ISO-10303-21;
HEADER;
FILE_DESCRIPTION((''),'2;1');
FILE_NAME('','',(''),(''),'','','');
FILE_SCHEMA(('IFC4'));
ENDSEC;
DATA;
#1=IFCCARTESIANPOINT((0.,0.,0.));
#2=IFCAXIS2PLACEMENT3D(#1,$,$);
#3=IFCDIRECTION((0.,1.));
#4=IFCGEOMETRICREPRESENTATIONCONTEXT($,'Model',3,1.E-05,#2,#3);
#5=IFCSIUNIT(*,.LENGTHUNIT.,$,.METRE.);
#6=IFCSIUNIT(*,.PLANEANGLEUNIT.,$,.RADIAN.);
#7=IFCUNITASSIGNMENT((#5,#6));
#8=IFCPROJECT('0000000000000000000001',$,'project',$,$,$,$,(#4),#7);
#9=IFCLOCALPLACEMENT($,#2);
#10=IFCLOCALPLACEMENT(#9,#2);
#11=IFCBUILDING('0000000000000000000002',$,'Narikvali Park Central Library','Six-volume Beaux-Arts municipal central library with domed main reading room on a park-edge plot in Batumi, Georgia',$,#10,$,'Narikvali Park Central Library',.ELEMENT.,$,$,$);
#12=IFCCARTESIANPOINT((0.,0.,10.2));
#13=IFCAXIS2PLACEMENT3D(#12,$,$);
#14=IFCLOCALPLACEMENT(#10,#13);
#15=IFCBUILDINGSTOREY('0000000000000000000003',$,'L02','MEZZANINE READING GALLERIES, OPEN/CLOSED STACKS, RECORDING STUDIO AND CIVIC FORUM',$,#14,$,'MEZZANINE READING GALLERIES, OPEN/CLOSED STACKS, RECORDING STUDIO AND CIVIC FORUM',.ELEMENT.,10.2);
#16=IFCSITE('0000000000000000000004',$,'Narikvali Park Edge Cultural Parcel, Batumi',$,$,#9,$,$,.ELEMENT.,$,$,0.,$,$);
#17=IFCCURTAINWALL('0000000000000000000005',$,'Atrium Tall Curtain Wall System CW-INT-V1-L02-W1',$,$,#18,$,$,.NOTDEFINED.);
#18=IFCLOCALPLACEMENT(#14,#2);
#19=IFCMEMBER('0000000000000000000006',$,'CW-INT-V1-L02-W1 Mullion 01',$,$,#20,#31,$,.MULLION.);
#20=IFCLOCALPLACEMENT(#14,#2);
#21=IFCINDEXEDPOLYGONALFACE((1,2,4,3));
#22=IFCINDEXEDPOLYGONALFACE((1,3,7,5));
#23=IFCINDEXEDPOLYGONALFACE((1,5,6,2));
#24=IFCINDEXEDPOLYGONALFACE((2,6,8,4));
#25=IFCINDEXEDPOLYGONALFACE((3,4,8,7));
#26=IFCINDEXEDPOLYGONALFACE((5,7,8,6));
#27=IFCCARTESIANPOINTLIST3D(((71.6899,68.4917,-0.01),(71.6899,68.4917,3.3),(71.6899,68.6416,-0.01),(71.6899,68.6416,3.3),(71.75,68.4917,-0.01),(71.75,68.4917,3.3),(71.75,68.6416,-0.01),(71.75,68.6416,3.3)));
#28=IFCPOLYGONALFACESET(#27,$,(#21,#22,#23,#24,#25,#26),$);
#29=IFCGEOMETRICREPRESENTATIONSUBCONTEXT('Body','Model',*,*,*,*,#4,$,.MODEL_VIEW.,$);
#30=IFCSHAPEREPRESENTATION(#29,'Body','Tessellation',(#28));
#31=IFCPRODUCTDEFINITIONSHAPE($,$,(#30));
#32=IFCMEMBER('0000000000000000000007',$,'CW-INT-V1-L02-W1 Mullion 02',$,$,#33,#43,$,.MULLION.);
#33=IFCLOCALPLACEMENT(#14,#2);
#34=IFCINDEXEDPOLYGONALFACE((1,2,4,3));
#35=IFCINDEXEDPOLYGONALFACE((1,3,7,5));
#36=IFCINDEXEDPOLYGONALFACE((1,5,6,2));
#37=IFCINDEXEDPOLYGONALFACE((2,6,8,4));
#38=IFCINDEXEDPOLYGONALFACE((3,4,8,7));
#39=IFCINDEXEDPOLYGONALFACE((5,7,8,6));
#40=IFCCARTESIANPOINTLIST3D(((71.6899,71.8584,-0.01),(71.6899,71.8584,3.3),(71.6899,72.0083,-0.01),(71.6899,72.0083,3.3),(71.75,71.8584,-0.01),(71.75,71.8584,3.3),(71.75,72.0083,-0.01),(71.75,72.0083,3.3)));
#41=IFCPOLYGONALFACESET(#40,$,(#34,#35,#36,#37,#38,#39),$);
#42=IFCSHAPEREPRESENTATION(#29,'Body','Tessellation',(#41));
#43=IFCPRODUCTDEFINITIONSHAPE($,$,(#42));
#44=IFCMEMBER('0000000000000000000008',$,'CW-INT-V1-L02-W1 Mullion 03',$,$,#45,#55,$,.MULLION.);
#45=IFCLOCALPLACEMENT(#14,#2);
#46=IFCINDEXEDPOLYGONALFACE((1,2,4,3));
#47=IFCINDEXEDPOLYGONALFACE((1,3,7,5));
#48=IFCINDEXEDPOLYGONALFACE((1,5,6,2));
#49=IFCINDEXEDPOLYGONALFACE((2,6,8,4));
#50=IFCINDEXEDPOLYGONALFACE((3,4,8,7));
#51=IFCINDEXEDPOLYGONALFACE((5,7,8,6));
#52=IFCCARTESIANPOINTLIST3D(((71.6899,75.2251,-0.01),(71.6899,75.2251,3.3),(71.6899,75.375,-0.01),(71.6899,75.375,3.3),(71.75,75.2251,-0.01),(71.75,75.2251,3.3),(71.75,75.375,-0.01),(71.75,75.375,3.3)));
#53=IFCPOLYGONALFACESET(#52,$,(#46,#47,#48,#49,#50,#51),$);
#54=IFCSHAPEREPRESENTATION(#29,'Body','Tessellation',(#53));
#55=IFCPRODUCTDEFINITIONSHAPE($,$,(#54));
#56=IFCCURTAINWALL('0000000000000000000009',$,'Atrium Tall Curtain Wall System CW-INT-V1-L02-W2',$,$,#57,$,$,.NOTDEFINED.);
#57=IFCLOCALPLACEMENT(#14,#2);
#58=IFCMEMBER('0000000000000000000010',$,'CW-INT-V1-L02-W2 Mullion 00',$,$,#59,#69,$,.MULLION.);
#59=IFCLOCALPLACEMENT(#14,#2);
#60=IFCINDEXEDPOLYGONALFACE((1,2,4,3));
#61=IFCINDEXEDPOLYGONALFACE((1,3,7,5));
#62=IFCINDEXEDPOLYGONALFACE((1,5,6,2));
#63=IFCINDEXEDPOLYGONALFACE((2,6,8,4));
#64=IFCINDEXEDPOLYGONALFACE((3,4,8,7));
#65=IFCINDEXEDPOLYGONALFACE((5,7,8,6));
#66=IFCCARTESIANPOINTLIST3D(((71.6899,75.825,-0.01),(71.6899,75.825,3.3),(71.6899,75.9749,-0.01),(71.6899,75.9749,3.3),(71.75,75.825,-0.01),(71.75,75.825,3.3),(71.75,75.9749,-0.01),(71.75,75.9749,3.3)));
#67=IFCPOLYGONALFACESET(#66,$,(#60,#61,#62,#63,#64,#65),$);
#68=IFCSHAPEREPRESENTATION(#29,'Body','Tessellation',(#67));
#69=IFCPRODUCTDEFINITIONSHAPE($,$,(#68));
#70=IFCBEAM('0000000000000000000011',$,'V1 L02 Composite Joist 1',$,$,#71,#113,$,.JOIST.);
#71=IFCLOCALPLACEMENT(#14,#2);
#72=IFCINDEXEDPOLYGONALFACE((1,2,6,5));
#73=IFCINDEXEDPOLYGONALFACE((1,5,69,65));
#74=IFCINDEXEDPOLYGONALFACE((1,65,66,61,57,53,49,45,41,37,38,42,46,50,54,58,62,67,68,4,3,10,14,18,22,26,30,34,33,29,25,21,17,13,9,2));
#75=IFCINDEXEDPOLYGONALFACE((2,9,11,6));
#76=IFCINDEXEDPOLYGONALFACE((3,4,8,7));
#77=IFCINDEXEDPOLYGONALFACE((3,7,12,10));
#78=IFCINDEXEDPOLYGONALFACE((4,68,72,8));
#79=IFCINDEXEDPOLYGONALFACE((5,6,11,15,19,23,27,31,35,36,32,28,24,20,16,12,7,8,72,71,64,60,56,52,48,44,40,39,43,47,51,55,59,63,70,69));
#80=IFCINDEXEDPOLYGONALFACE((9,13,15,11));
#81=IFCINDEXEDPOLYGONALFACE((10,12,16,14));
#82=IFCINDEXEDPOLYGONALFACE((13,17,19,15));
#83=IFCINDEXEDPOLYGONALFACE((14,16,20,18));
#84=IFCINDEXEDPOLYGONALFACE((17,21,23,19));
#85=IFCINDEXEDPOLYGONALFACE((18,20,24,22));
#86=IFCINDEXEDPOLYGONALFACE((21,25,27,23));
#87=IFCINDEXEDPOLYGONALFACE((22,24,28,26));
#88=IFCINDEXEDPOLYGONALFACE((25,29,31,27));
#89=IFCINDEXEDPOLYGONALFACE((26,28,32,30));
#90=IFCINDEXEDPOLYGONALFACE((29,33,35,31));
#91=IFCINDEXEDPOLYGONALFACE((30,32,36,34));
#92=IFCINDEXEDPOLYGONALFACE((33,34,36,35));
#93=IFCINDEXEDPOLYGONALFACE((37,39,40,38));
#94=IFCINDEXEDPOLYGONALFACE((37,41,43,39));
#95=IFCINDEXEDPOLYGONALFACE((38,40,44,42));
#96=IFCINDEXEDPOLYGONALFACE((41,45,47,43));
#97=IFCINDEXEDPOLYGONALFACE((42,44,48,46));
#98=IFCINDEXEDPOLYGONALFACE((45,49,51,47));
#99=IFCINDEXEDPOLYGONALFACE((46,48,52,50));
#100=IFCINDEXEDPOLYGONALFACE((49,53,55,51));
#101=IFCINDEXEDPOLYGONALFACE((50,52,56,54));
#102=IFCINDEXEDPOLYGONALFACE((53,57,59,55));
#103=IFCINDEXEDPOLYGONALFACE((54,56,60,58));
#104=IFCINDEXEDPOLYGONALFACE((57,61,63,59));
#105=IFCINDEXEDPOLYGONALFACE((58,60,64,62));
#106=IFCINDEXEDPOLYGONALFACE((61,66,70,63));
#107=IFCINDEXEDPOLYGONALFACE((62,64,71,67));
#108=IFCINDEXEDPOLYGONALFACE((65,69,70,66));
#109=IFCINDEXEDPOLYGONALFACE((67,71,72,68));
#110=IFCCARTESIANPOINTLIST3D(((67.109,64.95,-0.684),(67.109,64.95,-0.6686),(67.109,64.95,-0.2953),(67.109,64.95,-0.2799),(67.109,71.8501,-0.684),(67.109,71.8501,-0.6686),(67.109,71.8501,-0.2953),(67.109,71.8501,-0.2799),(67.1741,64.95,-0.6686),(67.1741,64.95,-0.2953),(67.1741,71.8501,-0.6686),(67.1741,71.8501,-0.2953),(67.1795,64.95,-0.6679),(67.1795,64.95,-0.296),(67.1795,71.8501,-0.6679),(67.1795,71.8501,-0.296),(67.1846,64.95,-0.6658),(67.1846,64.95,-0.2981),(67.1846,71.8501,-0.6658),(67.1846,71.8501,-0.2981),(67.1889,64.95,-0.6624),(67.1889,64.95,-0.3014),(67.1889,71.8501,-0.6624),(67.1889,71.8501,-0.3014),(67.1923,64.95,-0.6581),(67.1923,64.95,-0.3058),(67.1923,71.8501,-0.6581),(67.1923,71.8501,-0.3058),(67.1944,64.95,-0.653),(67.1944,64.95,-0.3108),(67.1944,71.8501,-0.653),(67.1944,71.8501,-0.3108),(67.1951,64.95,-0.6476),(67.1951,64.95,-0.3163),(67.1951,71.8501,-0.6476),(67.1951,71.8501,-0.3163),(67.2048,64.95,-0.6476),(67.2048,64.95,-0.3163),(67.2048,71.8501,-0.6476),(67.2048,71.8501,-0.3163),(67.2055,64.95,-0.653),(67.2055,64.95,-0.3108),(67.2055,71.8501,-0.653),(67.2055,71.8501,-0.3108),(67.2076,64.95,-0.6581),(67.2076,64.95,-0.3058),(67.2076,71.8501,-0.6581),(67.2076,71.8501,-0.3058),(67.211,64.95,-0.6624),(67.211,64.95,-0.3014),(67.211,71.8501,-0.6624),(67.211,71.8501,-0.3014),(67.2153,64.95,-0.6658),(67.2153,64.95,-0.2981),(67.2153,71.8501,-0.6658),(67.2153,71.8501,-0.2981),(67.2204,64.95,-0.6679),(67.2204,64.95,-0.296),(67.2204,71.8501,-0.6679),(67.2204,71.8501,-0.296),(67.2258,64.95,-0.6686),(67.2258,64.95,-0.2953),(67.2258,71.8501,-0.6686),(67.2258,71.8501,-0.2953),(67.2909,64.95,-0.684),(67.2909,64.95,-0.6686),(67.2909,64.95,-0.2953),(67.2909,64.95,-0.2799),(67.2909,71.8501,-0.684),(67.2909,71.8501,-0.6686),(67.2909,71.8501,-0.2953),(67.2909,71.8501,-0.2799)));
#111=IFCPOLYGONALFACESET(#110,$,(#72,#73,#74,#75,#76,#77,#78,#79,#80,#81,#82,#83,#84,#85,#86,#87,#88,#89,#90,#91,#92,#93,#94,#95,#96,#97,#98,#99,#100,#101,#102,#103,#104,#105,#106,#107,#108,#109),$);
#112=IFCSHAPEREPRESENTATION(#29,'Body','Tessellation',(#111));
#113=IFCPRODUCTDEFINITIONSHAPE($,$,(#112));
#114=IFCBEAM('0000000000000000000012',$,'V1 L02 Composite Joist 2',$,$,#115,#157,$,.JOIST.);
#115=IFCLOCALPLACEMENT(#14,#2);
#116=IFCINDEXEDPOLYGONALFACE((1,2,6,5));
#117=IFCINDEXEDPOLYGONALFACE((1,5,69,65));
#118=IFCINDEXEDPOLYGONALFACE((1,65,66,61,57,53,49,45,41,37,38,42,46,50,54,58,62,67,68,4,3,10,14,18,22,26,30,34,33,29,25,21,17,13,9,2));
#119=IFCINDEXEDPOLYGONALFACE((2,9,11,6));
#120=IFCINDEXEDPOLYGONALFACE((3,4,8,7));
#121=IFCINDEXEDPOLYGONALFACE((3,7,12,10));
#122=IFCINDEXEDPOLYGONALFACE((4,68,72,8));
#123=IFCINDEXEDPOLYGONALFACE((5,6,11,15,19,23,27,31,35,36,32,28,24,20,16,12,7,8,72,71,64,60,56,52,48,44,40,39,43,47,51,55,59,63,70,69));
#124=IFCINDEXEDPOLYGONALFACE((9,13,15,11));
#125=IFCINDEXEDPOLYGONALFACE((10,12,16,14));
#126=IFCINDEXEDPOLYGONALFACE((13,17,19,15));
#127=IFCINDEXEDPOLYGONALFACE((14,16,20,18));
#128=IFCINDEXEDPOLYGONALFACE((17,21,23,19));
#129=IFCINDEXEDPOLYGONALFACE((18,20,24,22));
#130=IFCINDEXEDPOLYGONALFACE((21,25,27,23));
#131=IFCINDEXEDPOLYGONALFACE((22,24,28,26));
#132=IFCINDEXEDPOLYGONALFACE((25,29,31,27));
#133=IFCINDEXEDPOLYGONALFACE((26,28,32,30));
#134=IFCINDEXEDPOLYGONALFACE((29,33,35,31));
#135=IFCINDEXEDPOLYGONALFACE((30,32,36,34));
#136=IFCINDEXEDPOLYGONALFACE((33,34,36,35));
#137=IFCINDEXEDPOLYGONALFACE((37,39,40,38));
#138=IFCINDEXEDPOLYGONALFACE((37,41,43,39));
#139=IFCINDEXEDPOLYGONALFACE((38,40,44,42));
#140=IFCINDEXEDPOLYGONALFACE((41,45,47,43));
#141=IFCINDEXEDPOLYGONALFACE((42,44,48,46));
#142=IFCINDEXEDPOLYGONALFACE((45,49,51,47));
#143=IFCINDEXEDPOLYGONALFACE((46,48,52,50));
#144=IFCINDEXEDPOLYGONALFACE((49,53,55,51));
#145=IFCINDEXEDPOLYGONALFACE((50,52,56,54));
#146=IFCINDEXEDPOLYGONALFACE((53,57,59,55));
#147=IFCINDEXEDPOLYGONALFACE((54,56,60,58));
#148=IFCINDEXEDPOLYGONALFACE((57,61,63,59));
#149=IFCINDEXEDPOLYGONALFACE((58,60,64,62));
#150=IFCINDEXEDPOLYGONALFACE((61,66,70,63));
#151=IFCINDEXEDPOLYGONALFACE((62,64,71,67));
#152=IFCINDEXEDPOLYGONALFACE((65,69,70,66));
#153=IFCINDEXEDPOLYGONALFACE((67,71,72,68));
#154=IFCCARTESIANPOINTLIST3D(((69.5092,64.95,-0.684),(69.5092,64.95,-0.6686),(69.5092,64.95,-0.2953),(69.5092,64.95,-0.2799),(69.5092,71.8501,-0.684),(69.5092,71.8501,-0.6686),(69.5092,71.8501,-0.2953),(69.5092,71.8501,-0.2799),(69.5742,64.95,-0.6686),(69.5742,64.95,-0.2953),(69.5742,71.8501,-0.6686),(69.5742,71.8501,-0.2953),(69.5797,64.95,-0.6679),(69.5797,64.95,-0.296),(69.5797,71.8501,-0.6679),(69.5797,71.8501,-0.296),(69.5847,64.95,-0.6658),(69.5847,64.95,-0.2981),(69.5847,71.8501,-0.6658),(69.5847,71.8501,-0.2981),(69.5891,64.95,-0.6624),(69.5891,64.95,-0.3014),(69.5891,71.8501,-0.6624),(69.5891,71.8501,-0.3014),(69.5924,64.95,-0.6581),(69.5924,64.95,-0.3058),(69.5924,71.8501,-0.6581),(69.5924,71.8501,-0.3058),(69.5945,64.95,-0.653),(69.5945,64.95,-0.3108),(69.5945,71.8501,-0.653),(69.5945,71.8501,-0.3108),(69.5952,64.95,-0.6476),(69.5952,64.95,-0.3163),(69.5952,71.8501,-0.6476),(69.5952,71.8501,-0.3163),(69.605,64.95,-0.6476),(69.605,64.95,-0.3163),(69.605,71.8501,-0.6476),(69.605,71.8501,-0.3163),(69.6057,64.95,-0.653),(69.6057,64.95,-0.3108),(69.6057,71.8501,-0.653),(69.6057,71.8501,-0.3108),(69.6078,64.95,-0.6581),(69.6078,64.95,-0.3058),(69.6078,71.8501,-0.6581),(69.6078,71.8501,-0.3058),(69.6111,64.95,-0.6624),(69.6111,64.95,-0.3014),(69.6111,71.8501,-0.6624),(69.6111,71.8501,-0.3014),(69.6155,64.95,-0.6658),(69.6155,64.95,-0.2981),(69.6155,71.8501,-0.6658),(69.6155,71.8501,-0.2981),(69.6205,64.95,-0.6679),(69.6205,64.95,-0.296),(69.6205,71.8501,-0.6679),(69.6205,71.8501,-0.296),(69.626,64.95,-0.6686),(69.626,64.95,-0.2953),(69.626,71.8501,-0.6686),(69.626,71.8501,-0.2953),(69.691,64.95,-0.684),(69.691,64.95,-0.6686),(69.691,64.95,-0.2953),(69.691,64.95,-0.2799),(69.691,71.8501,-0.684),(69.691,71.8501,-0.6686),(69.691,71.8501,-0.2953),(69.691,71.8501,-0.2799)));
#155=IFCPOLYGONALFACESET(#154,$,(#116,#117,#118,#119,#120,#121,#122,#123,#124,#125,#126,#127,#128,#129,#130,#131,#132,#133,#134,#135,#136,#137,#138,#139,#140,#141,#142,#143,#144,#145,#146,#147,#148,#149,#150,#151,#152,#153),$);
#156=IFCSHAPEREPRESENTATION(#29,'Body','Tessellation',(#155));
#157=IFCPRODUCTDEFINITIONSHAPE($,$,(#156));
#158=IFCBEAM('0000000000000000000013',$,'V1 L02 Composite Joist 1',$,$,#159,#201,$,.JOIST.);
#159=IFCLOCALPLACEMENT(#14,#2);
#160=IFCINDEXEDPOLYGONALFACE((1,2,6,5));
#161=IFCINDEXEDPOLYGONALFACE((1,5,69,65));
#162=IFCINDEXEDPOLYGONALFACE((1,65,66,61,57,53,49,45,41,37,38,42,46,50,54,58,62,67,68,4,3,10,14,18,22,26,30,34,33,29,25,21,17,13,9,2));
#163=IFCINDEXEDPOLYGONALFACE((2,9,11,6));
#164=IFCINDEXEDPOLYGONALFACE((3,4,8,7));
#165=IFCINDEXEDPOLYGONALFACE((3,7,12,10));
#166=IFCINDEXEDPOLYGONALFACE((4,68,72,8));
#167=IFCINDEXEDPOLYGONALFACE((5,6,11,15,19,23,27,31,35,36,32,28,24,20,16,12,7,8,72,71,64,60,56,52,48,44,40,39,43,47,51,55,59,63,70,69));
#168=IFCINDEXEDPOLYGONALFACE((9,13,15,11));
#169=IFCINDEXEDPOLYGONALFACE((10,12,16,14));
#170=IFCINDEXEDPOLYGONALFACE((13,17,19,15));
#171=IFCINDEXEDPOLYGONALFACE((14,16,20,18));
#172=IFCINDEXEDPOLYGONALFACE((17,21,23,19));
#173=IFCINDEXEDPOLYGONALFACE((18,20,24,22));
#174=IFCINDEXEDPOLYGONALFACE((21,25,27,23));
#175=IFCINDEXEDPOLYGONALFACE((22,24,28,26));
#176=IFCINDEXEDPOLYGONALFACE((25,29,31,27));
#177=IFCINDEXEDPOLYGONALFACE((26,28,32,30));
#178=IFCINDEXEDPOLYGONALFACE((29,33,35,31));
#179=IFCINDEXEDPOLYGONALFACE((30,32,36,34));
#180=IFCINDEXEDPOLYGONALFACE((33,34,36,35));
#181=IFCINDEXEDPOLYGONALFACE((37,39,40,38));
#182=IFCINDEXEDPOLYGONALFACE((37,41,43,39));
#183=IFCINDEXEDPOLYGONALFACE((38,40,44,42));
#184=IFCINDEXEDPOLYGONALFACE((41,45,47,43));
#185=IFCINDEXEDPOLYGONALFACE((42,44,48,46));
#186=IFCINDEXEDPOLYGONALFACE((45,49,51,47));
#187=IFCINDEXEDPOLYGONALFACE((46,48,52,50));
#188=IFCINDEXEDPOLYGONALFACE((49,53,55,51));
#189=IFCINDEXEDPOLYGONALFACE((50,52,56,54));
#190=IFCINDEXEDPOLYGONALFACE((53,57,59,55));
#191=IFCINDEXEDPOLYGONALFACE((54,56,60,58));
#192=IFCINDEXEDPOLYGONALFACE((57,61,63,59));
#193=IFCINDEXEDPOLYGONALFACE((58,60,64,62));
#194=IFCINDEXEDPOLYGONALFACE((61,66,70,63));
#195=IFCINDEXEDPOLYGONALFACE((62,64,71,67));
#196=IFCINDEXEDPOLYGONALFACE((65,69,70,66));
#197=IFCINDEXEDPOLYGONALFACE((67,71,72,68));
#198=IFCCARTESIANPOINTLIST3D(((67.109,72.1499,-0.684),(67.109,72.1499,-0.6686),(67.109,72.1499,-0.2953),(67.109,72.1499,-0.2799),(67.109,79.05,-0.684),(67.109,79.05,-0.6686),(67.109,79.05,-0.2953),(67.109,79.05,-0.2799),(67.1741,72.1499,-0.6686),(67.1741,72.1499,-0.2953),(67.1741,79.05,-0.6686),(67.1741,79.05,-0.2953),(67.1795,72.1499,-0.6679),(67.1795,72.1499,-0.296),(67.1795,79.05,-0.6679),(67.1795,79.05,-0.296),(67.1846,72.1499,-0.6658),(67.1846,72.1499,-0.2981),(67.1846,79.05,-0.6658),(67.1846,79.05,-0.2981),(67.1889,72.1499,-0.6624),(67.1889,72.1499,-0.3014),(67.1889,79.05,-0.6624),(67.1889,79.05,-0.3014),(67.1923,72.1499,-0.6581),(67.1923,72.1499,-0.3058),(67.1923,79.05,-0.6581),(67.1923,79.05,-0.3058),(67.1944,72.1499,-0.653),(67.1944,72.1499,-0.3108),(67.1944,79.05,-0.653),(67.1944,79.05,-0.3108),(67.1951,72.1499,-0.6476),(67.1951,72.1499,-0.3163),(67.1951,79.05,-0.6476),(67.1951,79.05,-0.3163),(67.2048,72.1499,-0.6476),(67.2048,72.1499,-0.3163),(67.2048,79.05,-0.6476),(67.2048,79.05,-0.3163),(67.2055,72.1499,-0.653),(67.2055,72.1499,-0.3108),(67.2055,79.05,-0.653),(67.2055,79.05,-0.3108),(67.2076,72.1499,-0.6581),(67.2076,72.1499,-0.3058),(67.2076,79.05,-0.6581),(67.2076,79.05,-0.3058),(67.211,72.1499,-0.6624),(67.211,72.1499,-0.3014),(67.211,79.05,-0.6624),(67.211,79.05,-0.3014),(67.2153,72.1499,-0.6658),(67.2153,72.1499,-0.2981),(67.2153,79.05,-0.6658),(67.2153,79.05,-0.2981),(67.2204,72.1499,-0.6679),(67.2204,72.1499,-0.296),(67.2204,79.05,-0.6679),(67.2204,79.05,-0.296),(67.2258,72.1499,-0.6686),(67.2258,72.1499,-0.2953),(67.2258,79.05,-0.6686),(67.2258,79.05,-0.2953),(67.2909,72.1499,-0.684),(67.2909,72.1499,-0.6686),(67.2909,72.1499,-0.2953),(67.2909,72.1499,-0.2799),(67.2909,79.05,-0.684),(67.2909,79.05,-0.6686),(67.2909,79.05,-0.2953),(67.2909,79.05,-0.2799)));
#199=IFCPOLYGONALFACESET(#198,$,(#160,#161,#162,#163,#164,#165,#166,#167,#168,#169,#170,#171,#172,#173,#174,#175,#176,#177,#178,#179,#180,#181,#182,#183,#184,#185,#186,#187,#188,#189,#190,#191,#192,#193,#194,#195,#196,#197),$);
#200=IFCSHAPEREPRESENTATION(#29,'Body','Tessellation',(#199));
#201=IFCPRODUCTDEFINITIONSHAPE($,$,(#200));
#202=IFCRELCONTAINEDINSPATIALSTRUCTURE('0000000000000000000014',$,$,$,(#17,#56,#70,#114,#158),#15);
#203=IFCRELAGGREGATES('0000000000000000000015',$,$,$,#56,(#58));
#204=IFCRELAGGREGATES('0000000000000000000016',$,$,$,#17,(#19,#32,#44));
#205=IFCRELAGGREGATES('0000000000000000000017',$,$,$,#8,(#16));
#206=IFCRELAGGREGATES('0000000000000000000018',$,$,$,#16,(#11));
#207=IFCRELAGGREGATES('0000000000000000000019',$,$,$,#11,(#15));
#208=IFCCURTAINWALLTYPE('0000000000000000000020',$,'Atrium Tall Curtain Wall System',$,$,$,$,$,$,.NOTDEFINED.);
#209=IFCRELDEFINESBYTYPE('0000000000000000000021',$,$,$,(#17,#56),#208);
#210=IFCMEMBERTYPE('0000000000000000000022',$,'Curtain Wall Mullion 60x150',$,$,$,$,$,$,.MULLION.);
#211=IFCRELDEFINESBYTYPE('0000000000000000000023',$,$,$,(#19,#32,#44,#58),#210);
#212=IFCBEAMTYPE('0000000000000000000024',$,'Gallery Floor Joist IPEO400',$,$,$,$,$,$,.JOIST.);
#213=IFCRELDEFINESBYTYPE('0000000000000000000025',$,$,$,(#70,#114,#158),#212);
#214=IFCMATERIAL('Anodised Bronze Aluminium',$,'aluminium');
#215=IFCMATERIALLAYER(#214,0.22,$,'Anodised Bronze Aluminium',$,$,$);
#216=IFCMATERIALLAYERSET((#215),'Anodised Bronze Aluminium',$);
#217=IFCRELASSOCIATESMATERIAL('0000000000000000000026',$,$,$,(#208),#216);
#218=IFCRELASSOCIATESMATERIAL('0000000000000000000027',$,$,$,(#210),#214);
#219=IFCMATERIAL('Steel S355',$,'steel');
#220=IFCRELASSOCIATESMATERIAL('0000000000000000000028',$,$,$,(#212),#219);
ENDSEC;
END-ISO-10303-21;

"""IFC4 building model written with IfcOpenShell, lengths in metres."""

from ifc_helpers import new_model, si_unit, direction, frame, origin, origin_2d, place, context, subcontext, project, spatial, rectangle, i_section, extrude, material, layer, layer_set, material_profile, profile_set, type_object, element, aggregate, save


model = new_model("IFC4")

# Units and contexts
model_context = context("Model", 3, precision=1e-05, world=origin(), true_north=direction((0.0, 1.0)))
body_context = subcontext(model_context, "Body", "Model", "MODEL_VIEW")
ifc_project = project(units=[si_unit("LENGTHUNIT", "METRE"), si_unit("PLANEANGLEUNIT", "RADIAN")], contexts=[model_context])

# Site, building, storey
site_placement = place(None, origin())
site = spatial("IfcSite", under=ifc_project, at=site_placement, Name="Narikvali Park Edge Cultural Parcel, Batumi", CompositionType="ELEMENT", RefElevation=0.0)
building_placement = place(site_placement, origin())
building = spatial("IfcBuilding", under=site, at=building_placement, Name="Narikvali Park Central Library", Description="Six-volume Beaux-Arts municipal central library with domed main reading room on a park-edge plot in Batumi, Georgia", LongName="Narikvali Park Central Library", CompositionType="ELEMENT")
storey_placement = place(building_placement, frame((0.0, 0.0, 10.2)))
storey = spatial("IfcBuildingStorey", under=building, at=storey_placement, Name="L02", Description="MEZZANINE READING GALLERIES, OPEN/CLOSED STACKS, RECORDING STUDIO AND CIVIC FORUM", LongName="MEZZANINE READING GALLERIES, OPEN/CLOSED STACKS, RECORDING STUDIO AND CIVIC FORUM", CompositionType="ELEMENT", Elevation=10.2)

# Shared definitions
ifc_material_1 = material(Name="Steel S355", Category="steel")

# Curtain wall, members
ifc_material_2 = material(Name="Anodised Bronze Aluminium", Category="aluminium")
ifc_layer_1 = layer(ifc_material_2, 0.22, Name="Anodised Bronze Aluminium")
ifc_layer_set_1 = layer_set([ifc_layer_1], Name="Anodised Bronze Aluminium")
curtain_wall_type = type_object("IfcCurtainWallType", Name="Atrium Tall Curtain Wall System", PredefinedType="NOTDEFINED", material=ifc_layer_set_1)
curtain_wall_1_placement = place(storey_placement, origin())
curtain_wall_1 = element("IfcCurtainWall", 1, at=curtain_wall_1_placement, inside=storey, type_object=curtain_wall_type, Name="Atrium Tall Curtain Wall System CW-INT-V1-L02-W1", PredefinedType="NOTDEFINED")
ifc_material_profile_1 = material_profile(ifc_material_2, rectangle(XDim=0.0601, YDim=0.1499, at=origin_2d()), Name="CW MULLION 60x150")
ifc_profile_set_1 = profile_set([ifc_material_profile_1], Name="Anodised Bronze Aluminium")
member_type_1 = type_object("IfcMemberType", Name="Curtain Wall Mullion 60x150", PredefinedType="MULLION", material=ifc_profile_set_1)
member_1_placement = place(storey_placement, frame((71.72, 68.5667, -0.01), z_axis=(0.0, 0.0, 1.0), x_axis=(1.0, 0.0, 0.0)))
member_1 = element("IfcMember", 2, at=member_1_placement, type_object=member_type_1, Name="CW-INT-V1-L02-W1 Mullion 01", PredefinedType="MULLION", context=body_context, shape_type="SweptSolid", body=[
    extrude(rectangle(XDim=0.0601, YDim=0.1499, at=origin_2d()), origin(), (0.0, 0.0, 1.0), 3.3101),
])
member_2_placement = place(storey_placement, frame((71.72, 71.9333, -0.01), z_axis=(0.0, 0.0, 1.0), x_axis=(1.0, 0.0, 0.0)))
member_2 = element("IfcMember", 3, at=member_2_placement, type_object=member_type_1, Name="CW-INT-V1-L02-W1 Mullion 02", PredefinedType="MULLION", context=body_context, shape_type="SweptSolid", body=[
    extrude(rectangle(XDim=0.0601, YDim=0.1499, at=origin_2d()), origin(), (0.0, 0.0, 1.0), 3.3101),
])
member_3_placement = place(storey_placement, frame((71.72, 75.3, -0.01), z_axis=(0.0, 0.0, 1.0), x_axis=(1.0, 0.0, 0.0)))
member_3 = element("IfcMember", 4, at=member_3_placement, type_object=member_type_1, Name="CW-INT-V1-L02-W1 Mullion 03", PredefinedType="MULLION", context=body_context, shape_type="SweptSolid", body=[
    extrude(rectangle(XDim=0.0601, YDim=0.1499, at=origin_2d()), origin(), (0.0, 0.0, 1.0), 3.3101),
])

# Curtain wall, member
curtain_wall_2_placement = place(storey_placement, origin())
curtain_wall_2 = element("IfcCurtainWall", 5, at=curtain_wall_2_placement, inside=storey, type_object=curtain_wall_type, Name="Atrium Tall Curtain Wall System CW-INT-V1-L02-W2", PredefinedType="NOTDEFINED")
member_4_placement = place(storey_placement, frame((71.72, 75.8999, -0.01), z_axis=(0.0, 0.0, 1.0), x_axis=(1.0, 0.0, 0.0)))
member_4 = element("IfcMember", 6, at=member_4_placement, type_object=member_type_1, Name="CW-INT-V1-L02-W2 Mullion 00", PredefinedType="MULLION", context=body_context, shape_type="SweptSolid", body=[
    extrude(rectangle(XDim=0.0601, YDim=0.1499, at=origin_2d()), origin(), (0.0, 0.0, 1.0), 3.3101),
])
aggregate(curtain_wall_2, [member_4])

# Beams
ifc_material_profile_2 = material_profile(ifc_material_1, i_section(OverallWidth=0.1819, OverallDepth=0.4041, WebThickness=0.0098, FlangeThickness=0.0154, FilletRadius=0.021, at=origin_2d()), Name="IPEO 400")
ifc_profile_set_2 = profile_set([ifc_material_profile_2], Name="Steel S355")
beam_type_1 = type_object("IfcBeamType", Name="Gallery Floor Joist IPEO400", PredefinedType="JOIST", material=ifc_profile_set_2)
for number, where, z_axis, x_axis, name in (
    (7, (67.2, 64.95, -0.4819), (0.0, 1.0, 0.0), (-1.0, 0.0, 0.0), "V1 L02 Composite Joist 1"),
    (8, (69.6001, 64.95, -0.4819), (0.0, 1.0, 0.0), (-1.0, 0.0, 0.0), "V1 L02 Composite Joist 2"),
    (9, (67.2, 72.1499, -0.4819), (0.0, 1.0, 0.0), (-1.0, 0.0, 0.0), "V1 L02 Composite Joist 1"),
):
    element("IfcBeam", number, at=place(storey_placement, frame(where, z_axis=z_axis, x_axis=x_axis)), inside=storey, type_object=beam_type_1, Name=name, PredefinedType="JOIST", context=body_context, shape_type="SweptSolid", body=[
        extrude(i_section(OverallWidth=0.1819, OverallDepth=0.4041, WebThickness=0.0098, FlangeThickness=0.0154, FilletRadius=0.021, at=origin_2d()), origin(), (0.0, 0.0, 1.0), 6.9001),
    ])

aggregate(curtain_wall_1, [member_1, member_2, member_3])

save(model, "model.ifc")
